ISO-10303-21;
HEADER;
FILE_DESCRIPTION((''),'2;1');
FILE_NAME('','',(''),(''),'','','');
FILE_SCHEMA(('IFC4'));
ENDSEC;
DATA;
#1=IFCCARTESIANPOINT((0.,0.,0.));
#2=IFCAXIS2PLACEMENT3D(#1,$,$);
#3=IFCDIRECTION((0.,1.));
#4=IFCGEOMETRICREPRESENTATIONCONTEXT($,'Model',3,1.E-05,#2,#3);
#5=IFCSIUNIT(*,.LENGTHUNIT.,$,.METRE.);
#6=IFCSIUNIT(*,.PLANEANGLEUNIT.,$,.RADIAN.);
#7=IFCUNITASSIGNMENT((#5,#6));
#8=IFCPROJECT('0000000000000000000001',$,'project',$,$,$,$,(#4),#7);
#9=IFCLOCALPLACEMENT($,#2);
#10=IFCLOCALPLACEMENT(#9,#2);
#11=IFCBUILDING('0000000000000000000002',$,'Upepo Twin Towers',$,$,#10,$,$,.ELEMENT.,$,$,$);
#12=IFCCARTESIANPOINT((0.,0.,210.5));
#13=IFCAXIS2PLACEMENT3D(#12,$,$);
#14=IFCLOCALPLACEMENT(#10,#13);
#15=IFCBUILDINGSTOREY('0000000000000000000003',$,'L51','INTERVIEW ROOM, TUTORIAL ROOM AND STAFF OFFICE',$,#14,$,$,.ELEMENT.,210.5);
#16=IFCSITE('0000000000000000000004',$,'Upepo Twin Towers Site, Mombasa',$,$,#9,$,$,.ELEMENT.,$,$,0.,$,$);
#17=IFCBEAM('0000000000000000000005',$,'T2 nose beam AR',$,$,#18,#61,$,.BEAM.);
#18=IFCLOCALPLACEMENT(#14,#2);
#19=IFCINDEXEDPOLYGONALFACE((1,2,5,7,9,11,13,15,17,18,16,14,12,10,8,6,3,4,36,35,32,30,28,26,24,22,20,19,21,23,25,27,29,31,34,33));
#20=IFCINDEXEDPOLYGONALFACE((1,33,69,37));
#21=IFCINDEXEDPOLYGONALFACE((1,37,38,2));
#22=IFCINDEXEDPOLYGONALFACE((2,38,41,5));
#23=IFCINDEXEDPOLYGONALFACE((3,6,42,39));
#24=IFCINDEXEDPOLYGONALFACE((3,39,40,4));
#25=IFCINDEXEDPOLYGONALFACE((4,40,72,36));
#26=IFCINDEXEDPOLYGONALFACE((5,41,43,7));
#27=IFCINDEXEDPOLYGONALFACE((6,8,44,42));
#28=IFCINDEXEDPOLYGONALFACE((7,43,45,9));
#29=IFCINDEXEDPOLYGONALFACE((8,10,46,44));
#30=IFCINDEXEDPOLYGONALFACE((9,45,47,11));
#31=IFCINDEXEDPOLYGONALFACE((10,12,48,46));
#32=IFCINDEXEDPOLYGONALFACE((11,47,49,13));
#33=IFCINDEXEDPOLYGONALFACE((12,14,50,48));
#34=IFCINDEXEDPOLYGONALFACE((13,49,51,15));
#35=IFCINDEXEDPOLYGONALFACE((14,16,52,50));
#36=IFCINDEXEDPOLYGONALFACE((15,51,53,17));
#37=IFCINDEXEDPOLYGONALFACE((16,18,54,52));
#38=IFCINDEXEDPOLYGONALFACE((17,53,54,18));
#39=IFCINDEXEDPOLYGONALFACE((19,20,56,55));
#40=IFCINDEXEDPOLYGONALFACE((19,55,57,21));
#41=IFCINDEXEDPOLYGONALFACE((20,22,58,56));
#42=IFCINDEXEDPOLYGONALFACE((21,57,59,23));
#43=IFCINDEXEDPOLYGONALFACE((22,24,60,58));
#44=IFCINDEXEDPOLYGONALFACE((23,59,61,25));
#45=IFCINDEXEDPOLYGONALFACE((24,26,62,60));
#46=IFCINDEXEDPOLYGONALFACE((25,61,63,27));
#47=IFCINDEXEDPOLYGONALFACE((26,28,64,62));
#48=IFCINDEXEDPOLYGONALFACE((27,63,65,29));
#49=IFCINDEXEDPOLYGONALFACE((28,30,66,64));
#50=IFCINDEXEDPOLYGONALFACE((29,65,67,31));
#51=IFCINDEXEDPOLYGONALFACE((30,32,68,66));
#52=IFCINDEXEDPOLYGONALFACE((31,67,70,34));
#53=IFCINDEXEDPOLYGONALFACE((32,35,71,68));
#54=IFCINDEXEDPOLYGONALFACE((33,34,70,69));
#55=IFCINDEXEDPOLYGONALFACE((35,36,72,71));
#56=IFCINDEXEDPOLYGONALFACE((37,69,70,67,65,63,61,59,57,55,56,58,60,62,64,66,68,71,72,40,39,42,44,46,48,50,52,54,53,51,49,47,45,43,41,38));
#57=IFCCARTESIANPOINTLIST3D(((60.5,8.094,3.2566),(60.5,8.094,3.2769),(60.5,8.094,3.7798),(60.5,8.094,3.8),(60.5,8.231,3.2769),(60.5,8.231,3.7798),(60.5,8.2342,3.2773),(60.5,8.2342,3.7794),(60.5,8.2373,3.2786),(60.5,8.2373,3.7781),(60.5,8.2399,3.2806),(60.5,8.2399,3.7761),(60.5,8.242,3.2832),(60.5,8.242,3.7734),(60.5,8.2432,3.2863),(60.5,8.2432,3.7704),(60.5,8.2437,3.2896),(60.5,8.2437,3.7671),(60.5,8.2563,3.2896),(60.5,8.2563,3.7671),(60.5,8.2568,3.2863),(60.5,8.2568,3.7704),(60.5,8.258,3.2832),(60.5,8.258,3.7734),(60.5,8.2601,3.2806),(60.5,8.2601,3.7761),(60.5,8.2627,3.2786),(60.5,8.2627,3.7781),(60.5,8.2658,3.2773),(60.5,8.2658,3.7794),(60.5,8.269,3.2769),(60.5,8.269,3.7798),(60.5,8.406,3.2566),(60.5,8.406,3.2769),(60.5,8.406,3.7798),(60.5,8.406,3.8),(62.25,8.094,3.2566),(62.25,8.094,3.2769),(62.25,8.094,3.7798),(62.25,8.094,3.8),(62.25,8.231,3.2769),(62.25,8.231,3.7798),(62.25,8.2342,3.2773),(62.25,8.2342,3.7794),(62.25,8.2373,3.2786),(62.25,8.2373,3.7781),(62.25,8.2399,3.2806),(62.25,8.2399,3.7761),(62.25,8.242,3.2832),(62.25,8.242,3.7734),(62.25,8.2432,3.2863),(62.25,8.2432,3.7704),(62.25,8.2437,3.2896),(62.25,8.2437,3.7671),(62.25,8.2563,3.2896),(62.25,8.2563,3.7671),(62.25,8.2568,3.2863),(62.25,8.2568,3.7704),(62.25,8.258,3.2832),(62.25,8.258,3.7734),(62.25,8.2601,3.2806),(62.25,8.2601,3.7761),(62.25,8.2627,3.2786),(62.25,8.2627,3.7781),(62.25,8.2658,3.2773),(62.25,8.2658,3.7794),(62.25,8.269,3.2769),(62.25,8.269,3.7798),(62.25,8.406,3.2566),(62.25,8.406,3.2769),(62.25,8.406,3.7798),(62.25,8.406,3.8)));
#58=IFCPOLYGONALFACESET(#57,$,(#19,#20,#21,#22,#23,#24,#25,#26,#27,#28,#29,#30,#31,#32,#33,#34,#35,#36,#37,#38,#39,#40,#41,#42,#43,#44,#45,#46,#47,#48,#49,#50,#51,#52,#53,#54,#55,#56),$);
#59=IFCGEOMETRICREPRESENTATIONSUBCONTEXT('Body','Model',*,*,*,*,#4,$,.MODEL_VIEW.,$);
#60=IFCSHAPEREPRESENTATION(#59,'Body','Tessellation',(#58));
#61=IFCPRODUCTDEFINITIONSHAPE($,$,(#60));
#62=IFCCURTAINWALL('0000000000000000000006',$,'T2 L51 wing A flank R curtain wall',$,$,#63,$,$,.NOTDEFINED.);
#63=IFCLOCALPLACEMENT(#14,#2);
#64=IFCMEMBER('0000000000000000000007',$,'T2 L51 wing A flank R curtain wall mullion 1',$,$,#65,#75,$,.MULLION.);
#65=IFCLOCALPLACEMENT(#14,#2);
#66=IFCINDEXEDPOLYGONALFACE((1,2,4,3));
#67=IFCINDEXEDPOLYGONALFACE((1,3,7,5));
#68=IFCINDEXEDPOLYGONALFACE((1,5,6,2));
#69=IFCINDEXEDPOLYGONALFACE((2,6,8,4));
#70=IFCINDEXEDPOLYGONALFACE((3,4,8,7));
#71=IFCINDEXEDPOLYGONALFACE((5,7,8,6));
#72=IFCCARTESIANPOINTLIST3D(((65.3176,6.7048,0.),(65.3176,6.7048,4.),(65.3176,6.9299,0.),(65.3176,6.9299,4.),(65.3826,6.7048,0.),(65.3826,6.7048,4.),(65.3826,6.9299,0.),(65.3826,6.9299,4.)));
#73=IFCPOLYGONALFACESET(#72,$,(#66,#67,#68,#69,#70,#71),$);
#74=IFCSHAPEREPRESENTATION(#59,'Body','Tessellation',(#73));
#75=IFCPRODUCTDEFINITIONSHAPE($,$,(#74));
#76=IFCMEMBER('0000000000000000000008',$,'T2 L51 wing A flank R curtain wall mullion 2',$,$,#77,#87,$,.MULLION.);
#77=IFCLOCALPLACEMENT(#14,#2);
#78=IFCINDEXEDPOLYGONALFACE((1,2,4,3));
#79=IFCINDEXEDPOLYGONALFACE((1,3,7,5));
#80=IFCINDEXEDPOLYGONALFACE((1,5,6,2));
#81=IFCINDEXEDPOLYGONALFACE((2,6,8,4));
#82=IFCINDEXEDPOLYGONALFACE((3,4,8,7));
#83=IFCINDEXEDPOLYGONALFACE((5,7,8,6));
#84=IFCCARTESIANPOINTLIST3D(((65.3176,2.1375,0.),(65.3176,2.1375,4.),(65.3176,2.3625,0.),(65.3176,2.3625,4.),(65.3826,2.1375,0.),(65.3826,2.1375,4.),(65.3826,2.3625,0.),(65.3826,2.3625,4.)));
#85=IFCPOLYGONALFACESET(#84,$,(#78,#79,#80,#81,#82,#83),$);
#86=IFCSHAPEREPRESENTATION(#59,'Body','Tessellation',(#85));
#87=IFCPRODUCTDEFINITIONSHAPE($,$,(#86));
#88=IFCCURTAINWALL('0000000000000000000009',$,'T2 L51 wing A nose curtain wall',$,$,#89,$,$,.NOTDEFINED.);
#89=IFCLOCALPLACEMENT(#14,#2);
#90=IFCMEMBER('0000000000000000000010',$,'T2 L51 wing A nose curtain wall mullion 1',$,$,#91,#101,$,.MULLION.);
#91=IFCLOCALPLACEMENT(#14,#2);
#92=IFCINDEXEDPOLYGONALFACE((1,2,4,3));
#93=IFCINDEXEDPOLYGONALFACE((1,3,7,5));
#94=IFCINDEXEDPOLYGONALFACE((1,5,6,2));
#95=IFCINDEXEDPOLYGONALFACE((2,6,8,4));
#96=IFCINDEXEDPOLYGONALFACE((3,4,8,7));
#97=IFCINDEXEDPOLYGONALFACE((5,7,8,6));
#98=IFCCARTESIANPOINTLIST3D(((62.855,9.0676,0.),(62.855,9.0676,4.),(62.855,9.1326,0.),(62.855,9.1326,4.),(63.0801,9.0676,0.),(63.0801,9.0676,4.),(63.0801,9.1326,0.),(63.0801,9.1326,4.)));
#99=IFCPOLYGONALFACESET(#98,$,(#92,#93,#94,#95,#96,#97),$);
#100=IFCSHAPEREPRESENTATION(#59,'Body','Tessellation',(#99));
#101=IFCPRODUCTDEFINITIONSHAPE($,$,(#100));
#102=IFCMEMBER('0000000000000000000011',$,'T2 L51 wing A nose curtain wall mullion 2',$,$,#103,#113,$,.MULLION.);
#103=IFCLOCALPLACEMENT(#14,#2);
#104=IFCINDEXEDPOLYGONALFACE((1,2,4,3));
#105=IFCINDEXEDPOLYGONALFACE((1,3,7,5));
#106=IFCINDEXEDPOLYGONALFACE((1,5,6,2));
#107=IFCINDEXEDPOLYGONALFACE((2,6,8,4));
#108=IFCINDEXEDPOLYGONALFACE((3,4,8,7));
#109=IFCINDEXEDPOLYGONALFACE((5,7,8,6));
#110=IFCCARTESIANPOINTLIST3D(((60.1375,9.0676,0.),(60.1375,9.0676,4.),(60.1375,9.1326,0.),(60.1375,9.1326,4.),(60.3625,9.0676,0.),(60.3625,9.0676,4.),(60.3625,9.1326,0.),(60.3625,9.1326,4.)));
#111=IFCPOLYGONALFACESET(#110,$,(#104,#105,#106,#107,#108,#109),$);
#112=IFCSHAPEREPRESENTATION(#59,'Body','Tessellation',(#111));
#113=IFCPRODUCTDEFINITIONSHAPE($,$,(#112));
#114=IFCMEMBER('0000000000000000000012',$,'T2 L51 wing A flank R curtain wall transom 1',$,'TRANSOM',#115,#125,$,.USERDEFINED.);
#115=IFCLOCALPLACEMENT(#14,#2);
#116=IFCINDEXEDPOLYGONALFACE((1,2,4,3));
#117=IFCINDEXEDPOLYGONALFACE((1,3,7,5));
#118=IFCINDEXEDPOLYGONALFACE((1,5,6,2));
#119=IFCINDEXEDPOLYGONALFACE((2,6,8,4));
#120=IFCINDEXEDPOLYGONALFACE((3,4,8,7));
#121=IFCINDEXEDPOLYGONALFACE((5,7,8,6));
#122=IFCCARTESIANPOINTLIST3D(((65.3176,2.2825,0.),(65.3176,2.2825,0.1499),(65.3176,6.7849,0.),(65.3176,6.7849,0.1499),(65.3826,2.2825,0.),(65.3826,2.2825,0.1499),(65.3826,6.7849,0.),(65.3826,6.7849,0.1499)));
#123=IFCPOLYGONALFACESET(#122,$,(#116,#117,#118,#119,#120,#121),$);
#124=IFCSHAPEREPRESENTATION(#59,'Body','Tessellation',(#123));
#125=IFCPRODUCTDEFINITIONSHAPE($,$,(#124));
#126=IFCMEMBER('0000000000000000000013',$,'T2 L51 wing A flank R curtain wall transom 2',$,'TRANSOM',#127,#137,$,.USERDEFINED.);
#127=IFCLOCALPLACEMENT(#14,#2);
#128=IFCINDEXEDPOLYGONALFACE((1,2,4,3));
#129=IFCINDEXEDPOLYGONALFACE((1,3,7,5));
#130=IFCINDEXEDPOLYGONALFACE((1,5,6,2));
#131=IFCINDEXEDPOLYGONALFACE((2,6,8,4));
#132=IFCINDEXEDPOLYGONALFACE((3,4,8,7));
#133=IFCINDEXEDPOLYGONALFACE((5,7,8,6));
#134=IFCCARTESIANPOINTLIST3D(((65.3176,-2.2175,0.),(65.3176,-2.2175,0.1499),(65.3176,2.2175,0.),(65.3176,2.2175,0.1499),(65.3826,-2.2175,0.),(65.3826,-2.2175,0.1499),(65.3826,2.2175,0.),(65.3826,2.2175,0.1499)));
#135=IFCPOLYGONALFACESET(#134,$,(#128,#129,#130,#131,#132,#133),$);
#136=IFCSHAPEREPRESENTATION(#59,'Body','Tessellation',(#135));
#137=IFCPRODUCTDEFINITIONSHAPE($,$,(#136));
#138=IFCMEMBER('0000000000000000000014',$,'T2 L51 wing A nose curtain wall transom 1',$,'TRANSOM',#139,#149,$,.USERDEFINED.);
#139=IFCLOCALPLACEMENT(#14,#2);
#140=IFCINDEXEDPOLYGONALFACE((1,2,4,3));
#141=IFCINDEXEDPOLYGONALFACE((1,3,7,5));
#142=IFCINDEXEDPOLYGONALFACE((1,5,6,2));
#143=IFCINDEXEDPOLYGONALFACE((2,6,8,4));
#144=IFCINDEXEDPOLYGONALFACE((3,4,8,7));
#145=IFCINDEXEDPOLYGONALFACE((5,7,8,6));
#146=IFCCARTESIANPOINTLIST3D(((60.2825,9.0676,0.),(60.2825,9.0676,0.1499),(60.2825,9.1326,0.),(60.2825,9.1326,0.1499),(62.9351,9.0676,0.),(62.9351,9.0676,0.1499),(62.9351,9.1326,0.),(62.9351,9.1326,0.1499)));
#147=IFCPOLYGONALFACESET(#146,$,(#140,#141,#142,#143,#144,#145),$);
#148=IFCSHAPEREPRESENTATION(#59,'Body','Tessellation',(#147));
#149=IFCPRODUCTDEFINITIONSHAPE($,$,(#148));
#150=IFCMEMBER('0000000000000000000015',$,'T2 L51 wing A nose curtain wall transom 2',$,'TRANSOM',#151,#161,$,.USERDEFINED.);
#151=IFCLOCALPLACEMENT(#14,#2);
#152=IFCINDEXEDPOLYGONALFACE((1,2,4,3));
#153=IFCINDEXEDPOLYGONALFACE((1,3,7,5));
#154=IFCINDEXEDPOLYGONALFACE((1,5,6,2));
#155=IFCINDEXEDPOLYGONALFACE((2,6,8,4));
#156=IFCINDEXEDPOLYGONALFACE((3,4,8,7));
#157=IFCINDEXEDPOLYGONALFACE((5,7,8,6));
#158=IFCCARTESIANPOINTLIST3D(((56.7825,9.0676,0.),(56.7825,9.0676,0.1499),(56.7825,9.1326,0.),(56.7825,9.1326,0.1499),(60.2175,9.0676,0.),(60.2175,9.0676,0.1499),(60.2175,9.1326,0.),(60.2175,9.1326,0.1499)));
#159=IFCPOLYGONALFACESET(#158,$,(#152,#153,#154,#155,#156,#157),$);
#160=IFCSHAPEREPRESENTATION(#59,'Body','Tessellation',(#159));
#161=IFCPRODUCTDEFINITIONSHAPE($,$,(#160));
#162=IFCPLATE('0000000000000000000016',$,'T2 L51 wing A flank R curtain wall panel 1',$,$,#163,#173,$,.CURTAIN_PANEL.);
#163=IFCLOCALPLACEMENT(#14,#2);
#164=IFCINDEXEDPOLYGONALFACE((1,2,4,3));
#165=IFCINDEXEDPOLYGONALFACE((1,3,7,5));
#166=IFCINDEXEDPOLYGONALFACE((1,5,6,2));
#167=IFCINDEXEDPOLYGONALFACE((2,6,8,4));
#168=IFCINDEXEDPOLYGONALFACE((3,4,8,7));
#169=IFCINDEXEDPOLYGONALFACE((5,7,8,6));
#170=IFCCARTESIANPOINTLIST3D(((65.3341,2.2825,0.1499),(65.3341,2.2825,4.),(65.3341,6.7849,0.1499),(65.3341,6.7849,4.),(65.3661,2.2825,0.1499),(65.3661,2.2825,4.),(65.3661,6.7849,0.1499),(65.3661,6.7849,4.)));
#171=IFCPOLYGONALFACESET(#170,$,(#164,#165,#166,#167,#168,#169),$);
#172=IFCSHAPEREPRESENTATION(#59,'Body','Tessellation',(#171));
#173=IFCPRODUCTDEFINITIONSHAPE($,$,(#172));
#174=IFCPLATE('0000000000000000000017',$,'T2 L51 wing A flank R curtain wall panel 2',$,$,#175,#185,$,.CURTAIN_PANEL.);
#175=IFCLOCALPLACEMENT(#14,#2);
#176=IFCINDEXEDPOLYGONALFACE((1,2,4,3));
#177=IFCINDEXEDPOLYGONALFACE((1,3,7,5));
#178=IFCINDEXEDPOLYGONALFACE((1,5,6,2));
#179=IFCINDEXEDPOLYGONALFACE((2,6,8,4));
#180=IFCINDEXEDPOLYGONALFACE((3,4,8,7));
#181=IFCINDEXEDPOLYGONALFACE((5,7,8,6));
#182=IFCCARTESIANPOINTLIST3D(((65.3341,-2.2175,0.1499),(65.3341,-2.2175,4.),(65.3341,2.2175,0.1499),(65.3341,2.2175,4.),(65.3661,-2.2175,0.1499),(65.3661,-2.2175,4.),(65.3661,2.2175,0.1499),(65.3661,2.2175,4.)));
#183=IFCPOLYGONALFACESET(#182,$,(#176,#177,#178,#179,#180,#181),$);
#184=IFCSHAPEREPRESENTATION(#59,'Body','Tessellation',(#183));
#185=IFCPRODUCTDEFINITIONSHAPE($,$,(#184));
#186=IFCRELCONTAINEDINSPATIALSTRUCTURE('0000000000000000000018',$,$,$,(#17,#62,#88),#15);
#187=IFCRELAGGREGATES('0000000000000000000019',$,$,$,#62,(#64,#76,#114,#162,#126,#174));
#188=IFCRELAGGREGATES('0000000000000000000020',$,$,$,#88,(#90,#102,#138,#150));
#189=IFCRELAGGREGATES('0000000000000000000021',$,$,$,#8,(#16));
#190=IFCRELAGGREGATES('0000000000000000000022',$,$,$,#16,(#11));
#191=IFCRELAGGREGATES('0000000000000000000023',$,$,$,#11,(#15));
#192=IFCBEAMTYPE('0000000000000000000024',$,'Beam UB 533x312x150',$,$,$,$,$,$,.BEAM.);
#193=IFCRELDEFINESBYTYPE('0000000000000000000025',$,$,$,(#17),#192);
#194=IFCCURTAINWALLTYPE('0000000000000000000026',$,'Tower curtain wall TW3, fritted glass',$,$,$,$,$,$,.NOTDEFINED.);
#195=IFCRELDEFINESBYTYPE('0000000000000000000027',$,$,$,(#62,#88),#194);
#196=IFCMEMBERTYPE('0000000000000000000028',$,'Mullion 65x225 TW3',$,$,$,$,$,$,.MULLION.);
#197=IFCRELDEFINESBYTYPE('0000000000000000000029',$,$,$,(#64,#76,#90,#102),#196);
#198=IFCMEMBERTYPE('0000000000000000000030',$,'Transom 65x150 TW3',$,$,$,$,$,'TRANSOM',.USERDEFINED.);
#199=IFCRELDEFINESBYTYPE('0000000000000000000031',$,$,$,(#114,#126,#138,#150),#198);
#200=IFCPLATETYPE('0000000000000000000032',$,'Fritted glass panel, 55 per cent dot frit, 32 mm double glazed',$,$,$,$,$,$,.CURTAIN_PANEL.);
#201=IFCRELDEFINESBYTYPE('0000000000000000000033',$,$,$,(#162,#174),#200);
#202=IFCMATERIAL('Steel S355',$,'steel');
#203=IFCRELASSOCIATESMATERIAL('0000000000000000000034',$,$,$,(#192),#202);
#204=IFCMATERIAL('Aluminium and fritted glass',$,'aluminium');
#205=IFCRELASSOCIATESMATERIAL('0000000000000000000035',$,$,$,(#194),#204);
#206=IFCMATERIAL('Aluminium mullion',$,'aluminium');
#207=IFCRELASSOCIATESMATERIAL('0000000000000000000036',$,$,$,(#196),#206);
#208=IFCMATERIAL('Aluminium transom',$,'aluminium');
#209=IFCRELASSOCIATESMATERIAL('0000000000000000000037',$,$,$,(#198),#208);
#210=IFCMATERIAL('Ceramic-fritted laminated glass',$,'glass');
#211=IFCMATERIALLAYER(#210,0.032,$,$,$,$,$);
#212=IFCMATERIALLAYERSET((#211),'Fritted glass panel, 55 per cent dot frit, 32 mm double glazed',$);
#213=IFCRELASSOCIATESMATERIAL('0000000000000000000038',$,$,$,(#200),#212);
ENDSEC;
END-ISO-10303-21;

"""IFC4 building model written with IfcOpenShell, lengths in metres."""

from ifc_helpers import new_model, si_unit, direction, frame, origin, origin_2d, place, context, subcontext, project, spatial, rectangle, i_section, extrude, material, layer, layer_set, material_profile, profile_set, type_object, element, aggregate, save


model = new_model("IFC4")

# Units and contexts
model_context = context("Model", 3, precision=1e-05, world=origin(), true_north=direction((0.0, 1.0)))
body_context = subcontext(model_context, "Body", "Model", "MODEL_VIEW")
ifc_project = project(units=[si_unit("LENGTHUNIT", "METRE"), si_unit("PLANEANGLEUNIT", "RADIAN")], contexts=[model_context])

# Site, building, storey
site_placement = place(None, origin())
site = spatial("IfcSite", under=ifc_project, at=site_placement, Name="Upepo Twin Towers Site, Mombasa", CompositionType="ELEMENT", RefElevation=0.0)
building_placement = place(site_placement, origin())
building = spatial("IfcBuilding", under=site, at=building_placement, Name="Upepo Twin Towers", CompositionType="ELEMENT")
storey_placement = place(building_placement, frame((0.0, 0.0, 210.5)))
storey = spatial("IfcBuildingStorey", under=building, at=storey_placement, Name="L51", Description="INTERVIEW ROOM, TUTORIAL ROOM AND STAFF OFFICE", CompositionType="ELEMENT", Elevation=210.5)

# Beam
ifc_material_1 = material(Name="Steel S355", Category="steel")
ifc_material_profile_1 = material_profile(ifc_material_1, i_section(OverallWidth=0.312, OverallDepth=0.5435, WebThickness=0.0127, FlangeThickness=0.0203, FilletRadius=0.0127, at=origin_2d()), Name="UB 533x312x150")
ifc_profile_set_1 = profile_set([ifc_material_profile_1], Name="Steel S355")
beam_type_1 = type_object("IfcBeamType", Name="Beam UB 533x312x150", PredefinedType="BEAM", material=ifc_profile_set_1)
beam_1_placement = place(storey_placement, frame((62.25, 8.25, 3.5283), z_axis=(-1.0, 0.0, 0.0), x_axis=(0.0, -1.0, 0.0)))
element("IfcBeam", 1, at=beam_1_placement, inside=storey, type_object=beam_type_1, Name="T2 nose beam AR", PredefinedType="BEAM", context=body_context, shape_type="SweptSolid", body=[
    extrude(i_section(OverallWidth=0.312, OverallDepth=0.5435, WebThickness=0.0127, FlangeThickness=0.0203, FilletRadius=0.0127, at=origin_2d()), origin(), (0.0, 0.0, 1.0), 1.75),
])

# Curtain walls, members
ifc_material_2 = material(Name="Aluminium and fritted glass", Category="aluminium")
curtain_wall_type = type_object("IfcCurtainWallType", Name="Tower curtain wall TW3, fritted glass", PredefinedType="NOTDEFINED", material=ifc_material_2)
curtain_wall_1_placement = place(storey_placement, origin())
curtain_wall_1 = element("IfcCurtainWall", 2, at=curtain_wall_1_placement, inside=storey, type_object=curtain_wall_type, Name="T2 L51 wing A flank R curtain wall", PredefinedType="NOTDEFINED")
ifc_material_3 = material(Name="Aluminium mullion", Category="aluminium")
ifc_material_profile_2 = material_profile(ifc_material_3, rectangle(XDim=0.0649, YDim=0.2251, at=origin_2d()), Name="MULLION 65x225")
ifc_profile_set_2 = profile_set([ifc_material_profile_2], Name="Aluminium mullion")
member_type_1 = type_object("IfcMemberType", Name="Mullion 65x225 TW3", PredefinedType="MULLION", material=ifc_profile_set_2)
member_1_placement = place(storey_placement, frame((65.3501, 6.8174, 0.0), z_axis=(0.0, 0.0, 1.0), x_axis=(1.0, 0.0, 0.0)))
member_1 = element("IfcMember", 3, at=member_1_placement, type_object=member_type_1, Name="T2 L51 wing A flank R curtain wall mullion 1", PredefinedType="MULLION", context=body_context, shape_type="SweptSolid", body=[
    extrude(rectangle(XDim=0.0649, YDim=0.2251, at=origin_2d()), origin(), (0.0, 0.0, 1.0), 4.0),
])
member_2_placement = place(storey_placement, frame((65.3501, 2.25, 0.0), z_axis=(0.0, 0.0, 1.0), x_axis=(1.0, 0.0, 0.0)))
member_2 = element("IfcMember", 4, at=member_2_placement, type_object=member_type_1, Name="T2 L51 wing A flank R curtain wall mullion 2", PredefinedType="MULLION", context=body_context, shape_type="SweptSolid", body=[
    extrude(rectangle(XDim=0.0649, YDim=0.2251, at=origin_2d()), origin(), (0.0, 0.0, 1.0), 4.0),
])
curtain_wall_2_placement = place(storey_placement, origin())
curtain_wall_2 = element("IfcCurtainWall", 5, at=curtain_wall_2_placement, inside=storey, type_object=curtain_wall_type, Name="T2 L51 wing A nose curtain wall", PredefinedType="NOTDEFINED")
member_3_placement = place(storey_placement, frame((62.9675, 9.1001, 0.0), z_axis=(0.0, 0.0, 1.0), x_axis=(0.0, -1.0, 0.0)))
member_3 = element("IfcMember", 6, at=member_3_placement, type_object=member_type_1, Name="T2 L51 wing A nose curtain wall mullion 1", PredefinedType="MULLION", context=body_context, shape_type="SweptSolid", body=[
    extrude(rectangle(XDim=0.0649, YDim=0.2251, at=origin_2d()), origin(), (0.0, 0.0, 1.0), 4.0),
])
member_4_placement = place(storey_placement, frame((60.25, 9.1001, 0.0), z_axis=(0.0, 0.0, 1.0), x_axis=(0.0, -1.0, 0.0)))
member_4 = element("IfcMember", 7, at=member_4_placement, type_object=member_type_1, Name="T2 L51 wing A nose curtain wall mullion 2", PredefinedType="MULLION", context=body_context, shape_type="SweptSolid", body=[
    extrude(rectangle(XDim=0.0649, YDim=0.2251, at=origin_2d()), origin(), (0.0, 0.0, 1.0), 4.0),
])

# Members
ifc_material_4 = material(Name="Aluminium transom", Category="aluminium")
ifc_material_profile_3 = material_profile(ifc_material_4, rectangle(XDim=0.0649, YDim=0.1499, at=origin_2d()), Name="TRANSOM 65x150")
ifc_profile_set_3 = profile_set([ifc_material_profile_3], Name="Aluminium transom")
member_type_2 = type_object("IfcMemberType", Name="Transom 65x150 TW3", ElementType="TRANSOM", PredefinedType="USERDEFINED", material=ifc_profile_set_3)
member_5_placement = place(storey_placement, frame((65.3501, 6.7849, 0.075), z_axis=(0.0, -1.0, 0.0), x_axis=(1.0, 0.0, 0.0)))
member_5 = element("IfcMember", 8, at=member_5_placement, type_object=member_type_2, Name="T2 L51 wing A flank R curtain wall transom 1", ObjectType="TRANSOM", PredefinedType="USERDEFINED", context=body_context, shape_type="SweptSolid", body=[
    extrude(rectangle(XDim=0.0649, YDim=0.1499, at=origin_2d()), origin(), (0.0, 0.0, 1.0), 4.5024),
])
member_6_placement = place(storey_placement, frame((65.3501, 2.2175, 0.075), z_axis=(0.0, -1.0, 0.0), x_axis=(1.0, 0.0, 0.0)))
member_6 = element("IfcMember", 9, at=member_6_placement, type_object=member_type_2, Name="T2 L51 wing A flank R curtain wall transom 2", ObjectType="TRANSOM", PredefinedType="USERDEFINED", context=body_context, shape_type="SweptSolid", body=[
    extrude(rectangle(XDim=0.0649, YDim=0.1499, at=origin_2d()), origin(), (0.0, 0.0, 1.0), 4.4351),
])
member_7_placement = place(storey_placement, frame((62.9351, 9.1001, 0.075), z_axis=(-1.0, 0.0, 0.0), x_axis=(0.0, -1.0, 0.0)))
member_7 = element("IfcMember", 10, at=member_7_placement, type_object=member_type_2, Name="T2 L51 wing A nose curtain wall transom 1", ObjectType="TRANSOM", PredefinedType="USERDEFINED", context=body_context, shape_type="SweptSolid", body=[
    extrude(rectangle(XDim=0.0649, YDim=0.1499, at=origin_2d()), origin(), (0.0, 0.0, 1.0), 2.6526),
])
member_8_placement = place(storey_placement, frame((60.2175, 9.1001, 0.075), z_axis=(-1.0, 0.0, 0.0), x_axis=(0.0, -1.0, 0.0)))
member_8 = element("IfcMember", 11, at=member_8_placement, type_object=member_type_2, Name="T2 L51 wing A nose curtain wall transom 2", ObjectType="TRANSOM", PredefinedType="USERDEFINED", context=body_context, shape_type="SweptSolid", body=[
    extrude(rectangle(XDim=0.0649, YDim=0.1499, at=origin_2d()), origin(), (0.0, 0.0, 1.0), 3.4351),
])

# Plates
ifc_material_5 = material(Name="Ceramic-fritted laminated glass", Category="glass")
ifc_layer_1 = layer(ifc_material_5, 0.032)
ifc_layer_set_1 = layer_set([ifc_layer_1], Name="Fritted glass panel, 55 per cent dot frit, 32 mm double glazed")
plate_type_1 = type_object("IfcPlateType", Name="Fritted glass panel, 55 per cent dot frit, 32 mm double glazed", PredefinedType="CURTAIN_PANEL", material=ifc_layer_set_1)
plate_1_placement = place(storey_placement, frame((65.3501, 4.5337, 0.1499), z_axis=(0.0, 0.0, 1.0), x_axis=(0.0, -1.0, 0.0)))
plate_1 = element("IfcPlate", 12, at=plate_1_placement, type_object=plate_type_1, Name="T2 L51 wing A flank R curtain wall panel 1", PredefinedType="CURTAIN_PANEL", context=body_context, shape_type="SweptSolid", body=[
    extrude(rectangle(XDim=4.5024, YDim=0.032, at=origin_2d()), origin(), (0.0, 0.0, 1.0), 3.8501),
])
plate_2_placement = place(storey_placement, frame((65.3501, 0.0, 0.1499), z_axis=(0.0, 0.0, 1.0), x_axis=(0.0, -1.0, 0.0)))
plate_2 = element("IfcPlate", 13, at=plate_2_placement, type_object=plate_type_1, Name="T2 L51 wing A flank R curtain wall panel 2", PredefinedType="CURTAIN_PANEL", context=body_context, shape_type="SweptSolid", body=[
    extrude(rectangle(XDim=4.4351, YDim=0.032, at=origin_2d()), origin(), (0.0, 0.0, 1.0), 3.8501),
])
aggregate(curtain_wall_1, [member_1, member_2, member_5, plate_1, member_6, plate_2])
aggregate(curtain_wall_2, [member_3, member_4, member_7, member_8])

save(model, "model.ifc")
